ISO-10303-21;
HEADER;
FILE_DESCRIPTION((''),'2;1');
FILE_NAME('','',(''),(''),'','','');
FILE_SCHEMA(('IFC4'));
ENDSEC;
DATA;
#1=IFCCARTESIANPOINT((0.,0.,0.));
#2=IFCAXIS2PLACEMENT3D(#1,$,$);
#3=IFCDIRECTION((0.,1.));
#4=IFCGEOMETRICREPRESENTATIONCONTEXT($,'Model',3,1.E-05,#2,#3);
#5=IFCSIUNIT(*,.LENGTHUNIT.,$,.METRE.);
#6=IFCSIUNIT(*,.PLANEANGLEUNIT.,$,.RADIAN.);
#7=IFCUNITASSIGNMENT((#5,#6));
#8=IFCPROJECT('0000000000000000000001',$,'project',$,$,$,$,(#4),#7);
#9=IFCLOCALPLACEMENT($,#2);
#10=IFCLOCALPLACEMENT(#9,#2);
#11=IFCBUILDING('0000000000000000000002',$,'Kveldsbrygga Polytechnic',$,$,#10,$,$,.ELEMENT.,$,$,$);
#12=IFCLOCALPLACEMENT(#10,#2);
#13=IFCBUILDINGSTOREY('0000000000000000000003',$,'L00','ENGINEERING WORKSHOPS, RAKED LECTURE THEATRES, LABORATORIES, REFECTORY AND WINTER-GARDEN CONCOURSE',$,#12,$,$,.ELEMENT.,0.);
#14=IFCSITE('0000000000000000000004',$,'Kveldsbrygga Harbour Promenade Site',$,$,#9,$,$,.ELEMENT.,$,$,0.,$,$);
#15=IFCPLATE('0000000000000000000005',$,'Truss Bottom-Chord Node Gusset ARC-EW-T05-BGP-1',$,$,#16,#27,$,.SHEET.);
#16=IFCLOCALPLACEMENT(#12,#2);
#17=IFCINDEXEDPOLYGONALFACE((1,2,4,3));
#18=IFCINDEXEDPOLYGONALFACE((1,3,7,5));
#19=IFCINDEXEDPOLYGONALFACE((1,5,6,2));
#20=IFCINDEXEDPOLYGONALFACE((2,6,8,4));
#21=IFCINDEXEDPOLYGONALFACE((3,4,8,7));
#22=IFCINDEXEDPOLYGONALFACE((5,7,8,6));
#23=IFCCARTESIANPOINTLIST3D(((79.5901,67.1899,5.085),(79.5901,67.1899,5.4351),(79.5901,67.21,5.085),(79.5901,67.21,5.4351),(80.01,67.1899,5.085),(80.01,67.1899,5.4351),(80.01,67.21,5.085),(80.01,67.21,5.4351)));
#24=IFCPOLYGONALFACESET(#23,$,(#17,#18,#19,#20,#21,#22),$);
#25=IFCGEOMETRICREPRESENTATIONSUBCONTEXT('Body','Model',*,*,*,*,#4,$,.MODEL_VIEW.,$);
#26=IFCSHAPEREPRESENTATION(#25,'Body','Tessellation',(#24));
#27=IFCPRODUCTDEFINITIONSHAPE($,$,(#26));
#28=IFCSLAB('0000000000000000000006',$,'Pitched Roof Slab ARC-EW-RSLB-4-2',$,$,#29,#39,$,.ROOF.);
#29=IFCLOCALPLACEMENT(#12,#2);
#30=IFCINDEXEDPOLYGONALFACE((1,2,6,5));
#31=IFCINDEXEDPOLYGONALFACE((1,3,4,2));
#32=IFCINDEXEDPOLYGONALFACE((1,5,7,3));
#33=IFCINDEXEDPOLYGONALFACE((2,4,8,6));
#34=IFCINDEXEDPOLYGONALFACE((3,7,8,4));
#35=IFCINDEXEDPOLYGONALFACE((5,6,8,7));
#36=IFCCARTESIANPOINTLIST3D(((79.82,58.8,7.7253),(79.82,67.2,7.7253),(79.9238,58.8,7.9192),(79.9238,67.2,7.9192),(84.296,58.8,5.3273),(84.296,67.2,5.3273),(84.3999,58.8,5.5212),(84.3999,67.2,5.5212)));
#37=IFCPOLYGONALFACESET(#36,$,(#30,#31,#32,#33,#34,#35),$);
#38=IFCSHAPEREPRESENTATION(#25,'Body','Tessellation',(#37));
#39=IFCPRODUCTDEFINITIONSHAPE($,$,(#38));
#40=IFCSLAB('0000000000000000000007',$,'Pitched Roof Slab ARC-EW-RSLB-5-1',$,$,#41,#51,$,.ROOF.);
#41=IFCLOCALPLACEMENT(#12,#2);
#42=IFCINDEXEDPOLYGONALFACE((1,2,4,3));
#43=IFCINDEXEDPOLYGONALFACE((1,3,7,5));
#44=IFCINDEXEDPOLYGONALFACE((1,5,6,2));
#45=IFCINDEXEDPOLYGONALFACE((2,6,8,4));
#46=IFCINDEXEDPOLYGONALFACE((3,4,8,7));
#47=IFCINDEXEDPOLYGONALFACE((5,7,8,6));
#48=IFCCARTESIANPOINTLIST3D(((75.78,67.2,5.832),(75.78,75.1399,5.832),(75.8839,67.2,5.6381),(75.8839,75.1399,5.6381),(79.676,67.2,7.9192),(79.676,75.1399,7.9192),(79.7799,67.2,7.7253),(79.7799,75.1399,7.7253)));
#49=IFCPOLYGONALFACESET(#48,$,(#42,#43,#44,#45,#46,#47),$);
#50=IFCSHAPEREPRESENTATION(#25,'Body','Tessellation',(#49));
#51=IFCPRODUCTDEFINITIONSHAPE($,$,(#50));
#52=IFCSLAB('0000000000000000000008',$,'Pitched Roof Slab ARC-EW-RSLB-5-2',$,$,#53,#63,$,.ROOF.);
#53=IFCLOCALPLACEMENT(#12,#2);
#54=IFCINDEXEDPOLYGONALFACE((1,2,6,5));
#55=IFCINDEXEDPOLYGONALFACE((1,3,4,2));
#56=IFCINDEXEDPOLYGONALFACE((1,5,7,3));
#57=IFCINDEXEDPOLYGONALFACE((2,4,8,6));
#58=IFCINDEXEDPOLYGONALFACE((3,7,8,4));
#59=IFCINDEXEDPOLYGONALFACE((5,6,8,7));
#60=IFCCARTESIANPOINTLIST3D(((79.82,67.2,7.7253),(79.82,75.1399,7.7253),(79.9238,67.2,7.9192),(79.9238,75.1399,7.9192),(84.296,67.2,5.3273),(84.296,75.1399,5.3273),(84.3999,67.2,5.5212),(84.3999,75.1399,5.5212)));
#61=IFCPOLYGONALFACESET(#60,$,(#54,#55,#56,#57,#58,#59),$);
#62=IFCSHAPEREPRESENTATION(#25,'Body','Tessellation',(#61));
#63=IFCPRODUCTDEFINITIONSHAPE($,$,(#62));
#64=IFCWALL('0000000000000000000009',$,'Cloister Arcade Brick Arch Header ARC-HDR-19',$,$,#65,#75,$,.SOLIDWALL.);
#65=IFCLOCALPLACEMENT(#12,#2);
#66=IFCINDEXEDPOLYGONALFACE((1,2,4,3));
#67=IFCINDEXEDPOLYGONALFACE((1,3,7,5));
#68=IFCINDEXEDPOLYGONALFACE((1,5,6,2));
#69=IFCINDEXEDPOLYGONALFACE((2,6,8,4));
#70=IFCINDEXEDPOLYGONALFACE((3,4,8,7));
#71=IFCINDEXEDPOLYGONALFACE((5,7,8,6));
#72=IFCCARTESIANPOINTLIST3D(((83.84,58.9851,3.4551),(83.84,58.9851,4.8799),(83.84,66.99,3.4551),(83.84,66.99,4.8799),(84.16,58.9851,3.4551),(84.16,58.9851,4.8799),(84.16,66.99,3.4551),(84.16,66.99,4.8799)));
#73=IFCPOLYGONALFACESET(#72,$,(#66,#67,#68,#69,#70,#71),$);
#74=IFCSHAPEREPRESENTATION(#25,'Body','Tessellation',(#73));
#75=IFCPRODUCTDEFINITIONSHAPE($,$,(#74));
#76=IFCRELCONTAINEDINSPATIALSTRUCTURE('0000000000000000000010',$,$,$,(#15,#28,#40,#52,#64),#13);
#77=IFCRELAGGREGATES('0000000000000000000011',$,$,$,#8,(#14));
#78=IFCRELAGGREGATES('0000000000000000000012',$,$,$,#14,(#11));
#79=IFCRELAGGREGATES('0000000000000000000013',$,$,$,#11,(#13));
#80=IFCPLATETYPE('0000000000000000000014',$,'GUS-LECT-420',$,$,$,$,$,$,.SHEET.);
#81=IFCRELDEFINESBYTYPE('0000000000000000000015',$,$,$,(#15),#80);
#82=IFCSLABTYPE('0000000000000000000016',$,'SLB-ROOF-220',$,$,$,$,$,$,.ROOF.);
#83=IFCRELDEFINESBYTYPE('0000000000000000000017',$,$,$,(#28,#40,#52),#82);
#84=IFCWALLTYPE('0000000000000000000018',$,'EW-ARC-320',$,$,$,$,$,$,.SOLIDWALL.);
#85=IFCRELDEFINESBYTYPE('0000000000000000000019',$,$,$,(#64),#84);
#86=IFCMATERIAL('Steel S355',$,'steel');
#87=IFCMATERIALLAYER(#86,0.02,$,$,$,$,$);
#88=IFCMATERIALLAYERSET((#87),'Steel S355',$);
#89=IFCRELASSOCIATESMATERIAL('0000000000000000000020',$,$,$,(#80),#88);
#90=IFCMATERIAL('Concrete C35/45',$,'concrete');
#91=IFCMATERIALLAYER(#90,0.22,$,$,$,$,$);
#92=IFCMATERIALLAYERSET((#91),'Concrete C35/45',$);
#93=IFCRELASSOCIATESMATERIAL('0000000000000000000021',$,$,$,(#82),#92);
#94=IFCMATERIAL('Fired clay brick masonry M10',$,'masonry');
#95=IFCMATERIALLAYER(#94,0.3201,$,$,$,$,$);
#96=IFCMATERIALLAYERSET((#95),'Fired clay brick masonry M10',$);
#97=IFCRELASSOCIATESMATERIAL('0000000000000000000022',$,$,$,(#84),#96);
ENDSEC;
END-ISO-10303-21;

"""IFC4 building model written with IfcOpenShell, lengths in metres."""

from ifc_helpers import new_model, si_unit, direction, frame, frame_2d, origin, origin_2d, place, context, subcontext, project, spatial, polyline, rectangle, outline, extrude, material, layer, layer_set, type_object, element, save


model = new_model("IFC4")

# Units and contexts
model_context = context("Model", 3, precision=1e-05, world=origin(), true_north=direction((0.0, 1.0)))
body_context = subcontext(model_context, "Body", "Model", "MODEL_VIEW")
ifc_project = project(units=[si_unit("LENGTHUNIT", "METRE"), si_unit("PLANEANGLEUNIT", "RADIAN")], contexts=[model_context])

# Site, building, storey
site_placement = place(None, origin())
site = spatial("IfcSite", under=ifc_project, at=site_placement, Name="Kveldsbrygga Harbour Promenade Site", CompositionType="ELEMENT", RefElevation=0.0)
building_placement = place(site_placement, origin())
building = spatial("IfcBuilding", under=site, at=building_placement, Name="Kveldsbrygga Polytechnic", CompositionType="ELEMENT")
storey_placement = place(building_placement, origin())
storey = spatial("IfcBuildingStorey", under=building, at=storey_placement, Name="L00", Description="ENGINEERING WORKSHOPS, RAKED LECTURE THEATRES, LABORATORIES, REFECTORY AND WINTER-GARDEN CONCOURSE", CompositionType="ELEMENT", Elevation=0.0)

# Shared definitions
ifc_material_1 = material(Name="Concrete C35/45", Category="concrete")

# Shared definitions
ifc_material_2 = material(Name="Steel S355", Category="steel")

# Plate
ifc_layer_1 = layer(ifc_material_2, 0.02)
ifc_layer_set_1 = layer_set([ifc_layer_1], Name="Steel S355")
plate_type_1 = type_object("IfcPlateType", Name="GUS-LECT-420", PredefinedType="SHEET", material=ifc_layer_set_1)
for number, where, z_axis, x_axis, name in (
    (1, (79.8, 67.2, 5.085), (0.0, 0.0, 1.0), (1.0, 0.0, 0.0), "Truss Bottom-Chord Node Gusset ARC-EW-T05-BGP-1"),
):
    element("IfcPlate", number, at=place(storey_placement, frame(where, z_axis=z_axis, x_axis=x_axis)), inside=storey, type_object=plate_type_1, Name=name, PredefinedType="SHEET", context=body_context, shape_type="SweptSolid", body=[
        extrude(rectangle(XDim=0.4199, YDim=0.02, at=origin_2d()), origin(), (0.0, 0.0, 1.0), 0.3501),
    ])

# Slabs
ifc_layer_2 = layer(ifc_material_1, 0.22)
ifc_layer_set_2 = layer_set([ifc_layer_2], Name="Concrete C35/45")
slab_type = type_object("IfcSlabType", Name="SLB-ROOF-220", PredefinedType="ROOF", material=ifc_layer_set_2)
slab_1_placement = place(storey_placement, frame((79.9238, 58.8, 7.9192), z_axis=(0.472229, 0.0, 0.881476), x_axis=(0.881476, 0.0, -0.472229)))
element("IfcSlab", 2, at=slab_1_placement, inside=storey, type_object=slab_type, Name="Pitched Roof Slab ARC-EW-RSLB-4-2", PredefinedType="ROOF", context=body_context, shape_type="SweptSolid", body=[
    extrude(outline(polyline([(0.0, 0.0), (5.0779, 0.0), (5.0779, 8.3999), (0.0, 8.3999), (0.0, 0.0)])), origin(), (0.0, 0.0, -1.0), 0.22),
])
slab_2_placement = place(storey_placement, frame((75.78, 67.2, 5.832), z_axis=(-0.472224, 0.0, 0.881478), x_axis=(0.881478, 0.0, 0.472224)))
element("IfcSlab", 3, at=slab_2_placement, inside=storey, type_object=slab_type, Name="Pitched Roof Slab ARC-EW-RSLB-5-1", PredefinedType="ROOF", context=body_context, shape_type="SweptSolid", body=[
    extrude(outline(polyline([(0.0, 0.0), (4.4198, 0.0), (4.4198, 7.9399), (0.0, 7.9399), (0.0, 0.0)])), origin(), (0.0, 0.0, -1.0), 0.22),
])
slab_3_placement = place(storey_placement, frame((79.9238, 67.2, 7.9192), z_axis=(0.472229, 0.0, 0.881476), x_axis=(0.881476, 0.0, -0.472229)))
element("IfcSlab", 4, at=slab_3_placement, inside=storey, type_object=slab_type, Name="Pitched Roof Slab ARC-EW-RSLB-5-2", PredefinedType="ROOF", context=body_context, shape_type="SweptSolid", body=[
    extrude(outline(polyline([(0.0, 0.0), (5.0779, 0.0), (5.0779, 7.9399), (0.0, 7.9399), (0.0, 0.0)])), origin(), (0.0, 0.0, -1.0), 0.22),
])

# Wall
ifc_material_3 = material(Name="Fired clay brick masonry M10", Category="masonry")
ifc_layer_3 = layer(ifc_material_3, 0.3201)
ifc_layer_set_3 = layer_set([ifc_layer_3], Name="Fired clay brick masonry M10")
wall_type = type_object("IfcWallType", Name="EW-ARC-320", PredefinedType="SOLIDWALL", material=ifc_layer_set_3)
wall_placement = place(storey_placement, frame((84.0, 58.9851, 3.4551), z_axis=(0.0, 0.0, 1.0), x_axis=(0.0, 1.0, 0.0)))
element("IfcWall", 5, at=wall_placement, inside=storey, type_object=wall_type, Name="Cloister Arcade Brick Arch Header ARC-HDR-19", PredefinedType="SOLIDWALL", context=body_context, shape_type="SweptSolid", body=[
    extrude(rectangle(XDim=8.0049, YDim=0.3201, at=frame_2d((4.0024, 0.0))), origin(), (0.0, 0.0, 1.0), 1.4248),
])

save(model, "model.ifc")
